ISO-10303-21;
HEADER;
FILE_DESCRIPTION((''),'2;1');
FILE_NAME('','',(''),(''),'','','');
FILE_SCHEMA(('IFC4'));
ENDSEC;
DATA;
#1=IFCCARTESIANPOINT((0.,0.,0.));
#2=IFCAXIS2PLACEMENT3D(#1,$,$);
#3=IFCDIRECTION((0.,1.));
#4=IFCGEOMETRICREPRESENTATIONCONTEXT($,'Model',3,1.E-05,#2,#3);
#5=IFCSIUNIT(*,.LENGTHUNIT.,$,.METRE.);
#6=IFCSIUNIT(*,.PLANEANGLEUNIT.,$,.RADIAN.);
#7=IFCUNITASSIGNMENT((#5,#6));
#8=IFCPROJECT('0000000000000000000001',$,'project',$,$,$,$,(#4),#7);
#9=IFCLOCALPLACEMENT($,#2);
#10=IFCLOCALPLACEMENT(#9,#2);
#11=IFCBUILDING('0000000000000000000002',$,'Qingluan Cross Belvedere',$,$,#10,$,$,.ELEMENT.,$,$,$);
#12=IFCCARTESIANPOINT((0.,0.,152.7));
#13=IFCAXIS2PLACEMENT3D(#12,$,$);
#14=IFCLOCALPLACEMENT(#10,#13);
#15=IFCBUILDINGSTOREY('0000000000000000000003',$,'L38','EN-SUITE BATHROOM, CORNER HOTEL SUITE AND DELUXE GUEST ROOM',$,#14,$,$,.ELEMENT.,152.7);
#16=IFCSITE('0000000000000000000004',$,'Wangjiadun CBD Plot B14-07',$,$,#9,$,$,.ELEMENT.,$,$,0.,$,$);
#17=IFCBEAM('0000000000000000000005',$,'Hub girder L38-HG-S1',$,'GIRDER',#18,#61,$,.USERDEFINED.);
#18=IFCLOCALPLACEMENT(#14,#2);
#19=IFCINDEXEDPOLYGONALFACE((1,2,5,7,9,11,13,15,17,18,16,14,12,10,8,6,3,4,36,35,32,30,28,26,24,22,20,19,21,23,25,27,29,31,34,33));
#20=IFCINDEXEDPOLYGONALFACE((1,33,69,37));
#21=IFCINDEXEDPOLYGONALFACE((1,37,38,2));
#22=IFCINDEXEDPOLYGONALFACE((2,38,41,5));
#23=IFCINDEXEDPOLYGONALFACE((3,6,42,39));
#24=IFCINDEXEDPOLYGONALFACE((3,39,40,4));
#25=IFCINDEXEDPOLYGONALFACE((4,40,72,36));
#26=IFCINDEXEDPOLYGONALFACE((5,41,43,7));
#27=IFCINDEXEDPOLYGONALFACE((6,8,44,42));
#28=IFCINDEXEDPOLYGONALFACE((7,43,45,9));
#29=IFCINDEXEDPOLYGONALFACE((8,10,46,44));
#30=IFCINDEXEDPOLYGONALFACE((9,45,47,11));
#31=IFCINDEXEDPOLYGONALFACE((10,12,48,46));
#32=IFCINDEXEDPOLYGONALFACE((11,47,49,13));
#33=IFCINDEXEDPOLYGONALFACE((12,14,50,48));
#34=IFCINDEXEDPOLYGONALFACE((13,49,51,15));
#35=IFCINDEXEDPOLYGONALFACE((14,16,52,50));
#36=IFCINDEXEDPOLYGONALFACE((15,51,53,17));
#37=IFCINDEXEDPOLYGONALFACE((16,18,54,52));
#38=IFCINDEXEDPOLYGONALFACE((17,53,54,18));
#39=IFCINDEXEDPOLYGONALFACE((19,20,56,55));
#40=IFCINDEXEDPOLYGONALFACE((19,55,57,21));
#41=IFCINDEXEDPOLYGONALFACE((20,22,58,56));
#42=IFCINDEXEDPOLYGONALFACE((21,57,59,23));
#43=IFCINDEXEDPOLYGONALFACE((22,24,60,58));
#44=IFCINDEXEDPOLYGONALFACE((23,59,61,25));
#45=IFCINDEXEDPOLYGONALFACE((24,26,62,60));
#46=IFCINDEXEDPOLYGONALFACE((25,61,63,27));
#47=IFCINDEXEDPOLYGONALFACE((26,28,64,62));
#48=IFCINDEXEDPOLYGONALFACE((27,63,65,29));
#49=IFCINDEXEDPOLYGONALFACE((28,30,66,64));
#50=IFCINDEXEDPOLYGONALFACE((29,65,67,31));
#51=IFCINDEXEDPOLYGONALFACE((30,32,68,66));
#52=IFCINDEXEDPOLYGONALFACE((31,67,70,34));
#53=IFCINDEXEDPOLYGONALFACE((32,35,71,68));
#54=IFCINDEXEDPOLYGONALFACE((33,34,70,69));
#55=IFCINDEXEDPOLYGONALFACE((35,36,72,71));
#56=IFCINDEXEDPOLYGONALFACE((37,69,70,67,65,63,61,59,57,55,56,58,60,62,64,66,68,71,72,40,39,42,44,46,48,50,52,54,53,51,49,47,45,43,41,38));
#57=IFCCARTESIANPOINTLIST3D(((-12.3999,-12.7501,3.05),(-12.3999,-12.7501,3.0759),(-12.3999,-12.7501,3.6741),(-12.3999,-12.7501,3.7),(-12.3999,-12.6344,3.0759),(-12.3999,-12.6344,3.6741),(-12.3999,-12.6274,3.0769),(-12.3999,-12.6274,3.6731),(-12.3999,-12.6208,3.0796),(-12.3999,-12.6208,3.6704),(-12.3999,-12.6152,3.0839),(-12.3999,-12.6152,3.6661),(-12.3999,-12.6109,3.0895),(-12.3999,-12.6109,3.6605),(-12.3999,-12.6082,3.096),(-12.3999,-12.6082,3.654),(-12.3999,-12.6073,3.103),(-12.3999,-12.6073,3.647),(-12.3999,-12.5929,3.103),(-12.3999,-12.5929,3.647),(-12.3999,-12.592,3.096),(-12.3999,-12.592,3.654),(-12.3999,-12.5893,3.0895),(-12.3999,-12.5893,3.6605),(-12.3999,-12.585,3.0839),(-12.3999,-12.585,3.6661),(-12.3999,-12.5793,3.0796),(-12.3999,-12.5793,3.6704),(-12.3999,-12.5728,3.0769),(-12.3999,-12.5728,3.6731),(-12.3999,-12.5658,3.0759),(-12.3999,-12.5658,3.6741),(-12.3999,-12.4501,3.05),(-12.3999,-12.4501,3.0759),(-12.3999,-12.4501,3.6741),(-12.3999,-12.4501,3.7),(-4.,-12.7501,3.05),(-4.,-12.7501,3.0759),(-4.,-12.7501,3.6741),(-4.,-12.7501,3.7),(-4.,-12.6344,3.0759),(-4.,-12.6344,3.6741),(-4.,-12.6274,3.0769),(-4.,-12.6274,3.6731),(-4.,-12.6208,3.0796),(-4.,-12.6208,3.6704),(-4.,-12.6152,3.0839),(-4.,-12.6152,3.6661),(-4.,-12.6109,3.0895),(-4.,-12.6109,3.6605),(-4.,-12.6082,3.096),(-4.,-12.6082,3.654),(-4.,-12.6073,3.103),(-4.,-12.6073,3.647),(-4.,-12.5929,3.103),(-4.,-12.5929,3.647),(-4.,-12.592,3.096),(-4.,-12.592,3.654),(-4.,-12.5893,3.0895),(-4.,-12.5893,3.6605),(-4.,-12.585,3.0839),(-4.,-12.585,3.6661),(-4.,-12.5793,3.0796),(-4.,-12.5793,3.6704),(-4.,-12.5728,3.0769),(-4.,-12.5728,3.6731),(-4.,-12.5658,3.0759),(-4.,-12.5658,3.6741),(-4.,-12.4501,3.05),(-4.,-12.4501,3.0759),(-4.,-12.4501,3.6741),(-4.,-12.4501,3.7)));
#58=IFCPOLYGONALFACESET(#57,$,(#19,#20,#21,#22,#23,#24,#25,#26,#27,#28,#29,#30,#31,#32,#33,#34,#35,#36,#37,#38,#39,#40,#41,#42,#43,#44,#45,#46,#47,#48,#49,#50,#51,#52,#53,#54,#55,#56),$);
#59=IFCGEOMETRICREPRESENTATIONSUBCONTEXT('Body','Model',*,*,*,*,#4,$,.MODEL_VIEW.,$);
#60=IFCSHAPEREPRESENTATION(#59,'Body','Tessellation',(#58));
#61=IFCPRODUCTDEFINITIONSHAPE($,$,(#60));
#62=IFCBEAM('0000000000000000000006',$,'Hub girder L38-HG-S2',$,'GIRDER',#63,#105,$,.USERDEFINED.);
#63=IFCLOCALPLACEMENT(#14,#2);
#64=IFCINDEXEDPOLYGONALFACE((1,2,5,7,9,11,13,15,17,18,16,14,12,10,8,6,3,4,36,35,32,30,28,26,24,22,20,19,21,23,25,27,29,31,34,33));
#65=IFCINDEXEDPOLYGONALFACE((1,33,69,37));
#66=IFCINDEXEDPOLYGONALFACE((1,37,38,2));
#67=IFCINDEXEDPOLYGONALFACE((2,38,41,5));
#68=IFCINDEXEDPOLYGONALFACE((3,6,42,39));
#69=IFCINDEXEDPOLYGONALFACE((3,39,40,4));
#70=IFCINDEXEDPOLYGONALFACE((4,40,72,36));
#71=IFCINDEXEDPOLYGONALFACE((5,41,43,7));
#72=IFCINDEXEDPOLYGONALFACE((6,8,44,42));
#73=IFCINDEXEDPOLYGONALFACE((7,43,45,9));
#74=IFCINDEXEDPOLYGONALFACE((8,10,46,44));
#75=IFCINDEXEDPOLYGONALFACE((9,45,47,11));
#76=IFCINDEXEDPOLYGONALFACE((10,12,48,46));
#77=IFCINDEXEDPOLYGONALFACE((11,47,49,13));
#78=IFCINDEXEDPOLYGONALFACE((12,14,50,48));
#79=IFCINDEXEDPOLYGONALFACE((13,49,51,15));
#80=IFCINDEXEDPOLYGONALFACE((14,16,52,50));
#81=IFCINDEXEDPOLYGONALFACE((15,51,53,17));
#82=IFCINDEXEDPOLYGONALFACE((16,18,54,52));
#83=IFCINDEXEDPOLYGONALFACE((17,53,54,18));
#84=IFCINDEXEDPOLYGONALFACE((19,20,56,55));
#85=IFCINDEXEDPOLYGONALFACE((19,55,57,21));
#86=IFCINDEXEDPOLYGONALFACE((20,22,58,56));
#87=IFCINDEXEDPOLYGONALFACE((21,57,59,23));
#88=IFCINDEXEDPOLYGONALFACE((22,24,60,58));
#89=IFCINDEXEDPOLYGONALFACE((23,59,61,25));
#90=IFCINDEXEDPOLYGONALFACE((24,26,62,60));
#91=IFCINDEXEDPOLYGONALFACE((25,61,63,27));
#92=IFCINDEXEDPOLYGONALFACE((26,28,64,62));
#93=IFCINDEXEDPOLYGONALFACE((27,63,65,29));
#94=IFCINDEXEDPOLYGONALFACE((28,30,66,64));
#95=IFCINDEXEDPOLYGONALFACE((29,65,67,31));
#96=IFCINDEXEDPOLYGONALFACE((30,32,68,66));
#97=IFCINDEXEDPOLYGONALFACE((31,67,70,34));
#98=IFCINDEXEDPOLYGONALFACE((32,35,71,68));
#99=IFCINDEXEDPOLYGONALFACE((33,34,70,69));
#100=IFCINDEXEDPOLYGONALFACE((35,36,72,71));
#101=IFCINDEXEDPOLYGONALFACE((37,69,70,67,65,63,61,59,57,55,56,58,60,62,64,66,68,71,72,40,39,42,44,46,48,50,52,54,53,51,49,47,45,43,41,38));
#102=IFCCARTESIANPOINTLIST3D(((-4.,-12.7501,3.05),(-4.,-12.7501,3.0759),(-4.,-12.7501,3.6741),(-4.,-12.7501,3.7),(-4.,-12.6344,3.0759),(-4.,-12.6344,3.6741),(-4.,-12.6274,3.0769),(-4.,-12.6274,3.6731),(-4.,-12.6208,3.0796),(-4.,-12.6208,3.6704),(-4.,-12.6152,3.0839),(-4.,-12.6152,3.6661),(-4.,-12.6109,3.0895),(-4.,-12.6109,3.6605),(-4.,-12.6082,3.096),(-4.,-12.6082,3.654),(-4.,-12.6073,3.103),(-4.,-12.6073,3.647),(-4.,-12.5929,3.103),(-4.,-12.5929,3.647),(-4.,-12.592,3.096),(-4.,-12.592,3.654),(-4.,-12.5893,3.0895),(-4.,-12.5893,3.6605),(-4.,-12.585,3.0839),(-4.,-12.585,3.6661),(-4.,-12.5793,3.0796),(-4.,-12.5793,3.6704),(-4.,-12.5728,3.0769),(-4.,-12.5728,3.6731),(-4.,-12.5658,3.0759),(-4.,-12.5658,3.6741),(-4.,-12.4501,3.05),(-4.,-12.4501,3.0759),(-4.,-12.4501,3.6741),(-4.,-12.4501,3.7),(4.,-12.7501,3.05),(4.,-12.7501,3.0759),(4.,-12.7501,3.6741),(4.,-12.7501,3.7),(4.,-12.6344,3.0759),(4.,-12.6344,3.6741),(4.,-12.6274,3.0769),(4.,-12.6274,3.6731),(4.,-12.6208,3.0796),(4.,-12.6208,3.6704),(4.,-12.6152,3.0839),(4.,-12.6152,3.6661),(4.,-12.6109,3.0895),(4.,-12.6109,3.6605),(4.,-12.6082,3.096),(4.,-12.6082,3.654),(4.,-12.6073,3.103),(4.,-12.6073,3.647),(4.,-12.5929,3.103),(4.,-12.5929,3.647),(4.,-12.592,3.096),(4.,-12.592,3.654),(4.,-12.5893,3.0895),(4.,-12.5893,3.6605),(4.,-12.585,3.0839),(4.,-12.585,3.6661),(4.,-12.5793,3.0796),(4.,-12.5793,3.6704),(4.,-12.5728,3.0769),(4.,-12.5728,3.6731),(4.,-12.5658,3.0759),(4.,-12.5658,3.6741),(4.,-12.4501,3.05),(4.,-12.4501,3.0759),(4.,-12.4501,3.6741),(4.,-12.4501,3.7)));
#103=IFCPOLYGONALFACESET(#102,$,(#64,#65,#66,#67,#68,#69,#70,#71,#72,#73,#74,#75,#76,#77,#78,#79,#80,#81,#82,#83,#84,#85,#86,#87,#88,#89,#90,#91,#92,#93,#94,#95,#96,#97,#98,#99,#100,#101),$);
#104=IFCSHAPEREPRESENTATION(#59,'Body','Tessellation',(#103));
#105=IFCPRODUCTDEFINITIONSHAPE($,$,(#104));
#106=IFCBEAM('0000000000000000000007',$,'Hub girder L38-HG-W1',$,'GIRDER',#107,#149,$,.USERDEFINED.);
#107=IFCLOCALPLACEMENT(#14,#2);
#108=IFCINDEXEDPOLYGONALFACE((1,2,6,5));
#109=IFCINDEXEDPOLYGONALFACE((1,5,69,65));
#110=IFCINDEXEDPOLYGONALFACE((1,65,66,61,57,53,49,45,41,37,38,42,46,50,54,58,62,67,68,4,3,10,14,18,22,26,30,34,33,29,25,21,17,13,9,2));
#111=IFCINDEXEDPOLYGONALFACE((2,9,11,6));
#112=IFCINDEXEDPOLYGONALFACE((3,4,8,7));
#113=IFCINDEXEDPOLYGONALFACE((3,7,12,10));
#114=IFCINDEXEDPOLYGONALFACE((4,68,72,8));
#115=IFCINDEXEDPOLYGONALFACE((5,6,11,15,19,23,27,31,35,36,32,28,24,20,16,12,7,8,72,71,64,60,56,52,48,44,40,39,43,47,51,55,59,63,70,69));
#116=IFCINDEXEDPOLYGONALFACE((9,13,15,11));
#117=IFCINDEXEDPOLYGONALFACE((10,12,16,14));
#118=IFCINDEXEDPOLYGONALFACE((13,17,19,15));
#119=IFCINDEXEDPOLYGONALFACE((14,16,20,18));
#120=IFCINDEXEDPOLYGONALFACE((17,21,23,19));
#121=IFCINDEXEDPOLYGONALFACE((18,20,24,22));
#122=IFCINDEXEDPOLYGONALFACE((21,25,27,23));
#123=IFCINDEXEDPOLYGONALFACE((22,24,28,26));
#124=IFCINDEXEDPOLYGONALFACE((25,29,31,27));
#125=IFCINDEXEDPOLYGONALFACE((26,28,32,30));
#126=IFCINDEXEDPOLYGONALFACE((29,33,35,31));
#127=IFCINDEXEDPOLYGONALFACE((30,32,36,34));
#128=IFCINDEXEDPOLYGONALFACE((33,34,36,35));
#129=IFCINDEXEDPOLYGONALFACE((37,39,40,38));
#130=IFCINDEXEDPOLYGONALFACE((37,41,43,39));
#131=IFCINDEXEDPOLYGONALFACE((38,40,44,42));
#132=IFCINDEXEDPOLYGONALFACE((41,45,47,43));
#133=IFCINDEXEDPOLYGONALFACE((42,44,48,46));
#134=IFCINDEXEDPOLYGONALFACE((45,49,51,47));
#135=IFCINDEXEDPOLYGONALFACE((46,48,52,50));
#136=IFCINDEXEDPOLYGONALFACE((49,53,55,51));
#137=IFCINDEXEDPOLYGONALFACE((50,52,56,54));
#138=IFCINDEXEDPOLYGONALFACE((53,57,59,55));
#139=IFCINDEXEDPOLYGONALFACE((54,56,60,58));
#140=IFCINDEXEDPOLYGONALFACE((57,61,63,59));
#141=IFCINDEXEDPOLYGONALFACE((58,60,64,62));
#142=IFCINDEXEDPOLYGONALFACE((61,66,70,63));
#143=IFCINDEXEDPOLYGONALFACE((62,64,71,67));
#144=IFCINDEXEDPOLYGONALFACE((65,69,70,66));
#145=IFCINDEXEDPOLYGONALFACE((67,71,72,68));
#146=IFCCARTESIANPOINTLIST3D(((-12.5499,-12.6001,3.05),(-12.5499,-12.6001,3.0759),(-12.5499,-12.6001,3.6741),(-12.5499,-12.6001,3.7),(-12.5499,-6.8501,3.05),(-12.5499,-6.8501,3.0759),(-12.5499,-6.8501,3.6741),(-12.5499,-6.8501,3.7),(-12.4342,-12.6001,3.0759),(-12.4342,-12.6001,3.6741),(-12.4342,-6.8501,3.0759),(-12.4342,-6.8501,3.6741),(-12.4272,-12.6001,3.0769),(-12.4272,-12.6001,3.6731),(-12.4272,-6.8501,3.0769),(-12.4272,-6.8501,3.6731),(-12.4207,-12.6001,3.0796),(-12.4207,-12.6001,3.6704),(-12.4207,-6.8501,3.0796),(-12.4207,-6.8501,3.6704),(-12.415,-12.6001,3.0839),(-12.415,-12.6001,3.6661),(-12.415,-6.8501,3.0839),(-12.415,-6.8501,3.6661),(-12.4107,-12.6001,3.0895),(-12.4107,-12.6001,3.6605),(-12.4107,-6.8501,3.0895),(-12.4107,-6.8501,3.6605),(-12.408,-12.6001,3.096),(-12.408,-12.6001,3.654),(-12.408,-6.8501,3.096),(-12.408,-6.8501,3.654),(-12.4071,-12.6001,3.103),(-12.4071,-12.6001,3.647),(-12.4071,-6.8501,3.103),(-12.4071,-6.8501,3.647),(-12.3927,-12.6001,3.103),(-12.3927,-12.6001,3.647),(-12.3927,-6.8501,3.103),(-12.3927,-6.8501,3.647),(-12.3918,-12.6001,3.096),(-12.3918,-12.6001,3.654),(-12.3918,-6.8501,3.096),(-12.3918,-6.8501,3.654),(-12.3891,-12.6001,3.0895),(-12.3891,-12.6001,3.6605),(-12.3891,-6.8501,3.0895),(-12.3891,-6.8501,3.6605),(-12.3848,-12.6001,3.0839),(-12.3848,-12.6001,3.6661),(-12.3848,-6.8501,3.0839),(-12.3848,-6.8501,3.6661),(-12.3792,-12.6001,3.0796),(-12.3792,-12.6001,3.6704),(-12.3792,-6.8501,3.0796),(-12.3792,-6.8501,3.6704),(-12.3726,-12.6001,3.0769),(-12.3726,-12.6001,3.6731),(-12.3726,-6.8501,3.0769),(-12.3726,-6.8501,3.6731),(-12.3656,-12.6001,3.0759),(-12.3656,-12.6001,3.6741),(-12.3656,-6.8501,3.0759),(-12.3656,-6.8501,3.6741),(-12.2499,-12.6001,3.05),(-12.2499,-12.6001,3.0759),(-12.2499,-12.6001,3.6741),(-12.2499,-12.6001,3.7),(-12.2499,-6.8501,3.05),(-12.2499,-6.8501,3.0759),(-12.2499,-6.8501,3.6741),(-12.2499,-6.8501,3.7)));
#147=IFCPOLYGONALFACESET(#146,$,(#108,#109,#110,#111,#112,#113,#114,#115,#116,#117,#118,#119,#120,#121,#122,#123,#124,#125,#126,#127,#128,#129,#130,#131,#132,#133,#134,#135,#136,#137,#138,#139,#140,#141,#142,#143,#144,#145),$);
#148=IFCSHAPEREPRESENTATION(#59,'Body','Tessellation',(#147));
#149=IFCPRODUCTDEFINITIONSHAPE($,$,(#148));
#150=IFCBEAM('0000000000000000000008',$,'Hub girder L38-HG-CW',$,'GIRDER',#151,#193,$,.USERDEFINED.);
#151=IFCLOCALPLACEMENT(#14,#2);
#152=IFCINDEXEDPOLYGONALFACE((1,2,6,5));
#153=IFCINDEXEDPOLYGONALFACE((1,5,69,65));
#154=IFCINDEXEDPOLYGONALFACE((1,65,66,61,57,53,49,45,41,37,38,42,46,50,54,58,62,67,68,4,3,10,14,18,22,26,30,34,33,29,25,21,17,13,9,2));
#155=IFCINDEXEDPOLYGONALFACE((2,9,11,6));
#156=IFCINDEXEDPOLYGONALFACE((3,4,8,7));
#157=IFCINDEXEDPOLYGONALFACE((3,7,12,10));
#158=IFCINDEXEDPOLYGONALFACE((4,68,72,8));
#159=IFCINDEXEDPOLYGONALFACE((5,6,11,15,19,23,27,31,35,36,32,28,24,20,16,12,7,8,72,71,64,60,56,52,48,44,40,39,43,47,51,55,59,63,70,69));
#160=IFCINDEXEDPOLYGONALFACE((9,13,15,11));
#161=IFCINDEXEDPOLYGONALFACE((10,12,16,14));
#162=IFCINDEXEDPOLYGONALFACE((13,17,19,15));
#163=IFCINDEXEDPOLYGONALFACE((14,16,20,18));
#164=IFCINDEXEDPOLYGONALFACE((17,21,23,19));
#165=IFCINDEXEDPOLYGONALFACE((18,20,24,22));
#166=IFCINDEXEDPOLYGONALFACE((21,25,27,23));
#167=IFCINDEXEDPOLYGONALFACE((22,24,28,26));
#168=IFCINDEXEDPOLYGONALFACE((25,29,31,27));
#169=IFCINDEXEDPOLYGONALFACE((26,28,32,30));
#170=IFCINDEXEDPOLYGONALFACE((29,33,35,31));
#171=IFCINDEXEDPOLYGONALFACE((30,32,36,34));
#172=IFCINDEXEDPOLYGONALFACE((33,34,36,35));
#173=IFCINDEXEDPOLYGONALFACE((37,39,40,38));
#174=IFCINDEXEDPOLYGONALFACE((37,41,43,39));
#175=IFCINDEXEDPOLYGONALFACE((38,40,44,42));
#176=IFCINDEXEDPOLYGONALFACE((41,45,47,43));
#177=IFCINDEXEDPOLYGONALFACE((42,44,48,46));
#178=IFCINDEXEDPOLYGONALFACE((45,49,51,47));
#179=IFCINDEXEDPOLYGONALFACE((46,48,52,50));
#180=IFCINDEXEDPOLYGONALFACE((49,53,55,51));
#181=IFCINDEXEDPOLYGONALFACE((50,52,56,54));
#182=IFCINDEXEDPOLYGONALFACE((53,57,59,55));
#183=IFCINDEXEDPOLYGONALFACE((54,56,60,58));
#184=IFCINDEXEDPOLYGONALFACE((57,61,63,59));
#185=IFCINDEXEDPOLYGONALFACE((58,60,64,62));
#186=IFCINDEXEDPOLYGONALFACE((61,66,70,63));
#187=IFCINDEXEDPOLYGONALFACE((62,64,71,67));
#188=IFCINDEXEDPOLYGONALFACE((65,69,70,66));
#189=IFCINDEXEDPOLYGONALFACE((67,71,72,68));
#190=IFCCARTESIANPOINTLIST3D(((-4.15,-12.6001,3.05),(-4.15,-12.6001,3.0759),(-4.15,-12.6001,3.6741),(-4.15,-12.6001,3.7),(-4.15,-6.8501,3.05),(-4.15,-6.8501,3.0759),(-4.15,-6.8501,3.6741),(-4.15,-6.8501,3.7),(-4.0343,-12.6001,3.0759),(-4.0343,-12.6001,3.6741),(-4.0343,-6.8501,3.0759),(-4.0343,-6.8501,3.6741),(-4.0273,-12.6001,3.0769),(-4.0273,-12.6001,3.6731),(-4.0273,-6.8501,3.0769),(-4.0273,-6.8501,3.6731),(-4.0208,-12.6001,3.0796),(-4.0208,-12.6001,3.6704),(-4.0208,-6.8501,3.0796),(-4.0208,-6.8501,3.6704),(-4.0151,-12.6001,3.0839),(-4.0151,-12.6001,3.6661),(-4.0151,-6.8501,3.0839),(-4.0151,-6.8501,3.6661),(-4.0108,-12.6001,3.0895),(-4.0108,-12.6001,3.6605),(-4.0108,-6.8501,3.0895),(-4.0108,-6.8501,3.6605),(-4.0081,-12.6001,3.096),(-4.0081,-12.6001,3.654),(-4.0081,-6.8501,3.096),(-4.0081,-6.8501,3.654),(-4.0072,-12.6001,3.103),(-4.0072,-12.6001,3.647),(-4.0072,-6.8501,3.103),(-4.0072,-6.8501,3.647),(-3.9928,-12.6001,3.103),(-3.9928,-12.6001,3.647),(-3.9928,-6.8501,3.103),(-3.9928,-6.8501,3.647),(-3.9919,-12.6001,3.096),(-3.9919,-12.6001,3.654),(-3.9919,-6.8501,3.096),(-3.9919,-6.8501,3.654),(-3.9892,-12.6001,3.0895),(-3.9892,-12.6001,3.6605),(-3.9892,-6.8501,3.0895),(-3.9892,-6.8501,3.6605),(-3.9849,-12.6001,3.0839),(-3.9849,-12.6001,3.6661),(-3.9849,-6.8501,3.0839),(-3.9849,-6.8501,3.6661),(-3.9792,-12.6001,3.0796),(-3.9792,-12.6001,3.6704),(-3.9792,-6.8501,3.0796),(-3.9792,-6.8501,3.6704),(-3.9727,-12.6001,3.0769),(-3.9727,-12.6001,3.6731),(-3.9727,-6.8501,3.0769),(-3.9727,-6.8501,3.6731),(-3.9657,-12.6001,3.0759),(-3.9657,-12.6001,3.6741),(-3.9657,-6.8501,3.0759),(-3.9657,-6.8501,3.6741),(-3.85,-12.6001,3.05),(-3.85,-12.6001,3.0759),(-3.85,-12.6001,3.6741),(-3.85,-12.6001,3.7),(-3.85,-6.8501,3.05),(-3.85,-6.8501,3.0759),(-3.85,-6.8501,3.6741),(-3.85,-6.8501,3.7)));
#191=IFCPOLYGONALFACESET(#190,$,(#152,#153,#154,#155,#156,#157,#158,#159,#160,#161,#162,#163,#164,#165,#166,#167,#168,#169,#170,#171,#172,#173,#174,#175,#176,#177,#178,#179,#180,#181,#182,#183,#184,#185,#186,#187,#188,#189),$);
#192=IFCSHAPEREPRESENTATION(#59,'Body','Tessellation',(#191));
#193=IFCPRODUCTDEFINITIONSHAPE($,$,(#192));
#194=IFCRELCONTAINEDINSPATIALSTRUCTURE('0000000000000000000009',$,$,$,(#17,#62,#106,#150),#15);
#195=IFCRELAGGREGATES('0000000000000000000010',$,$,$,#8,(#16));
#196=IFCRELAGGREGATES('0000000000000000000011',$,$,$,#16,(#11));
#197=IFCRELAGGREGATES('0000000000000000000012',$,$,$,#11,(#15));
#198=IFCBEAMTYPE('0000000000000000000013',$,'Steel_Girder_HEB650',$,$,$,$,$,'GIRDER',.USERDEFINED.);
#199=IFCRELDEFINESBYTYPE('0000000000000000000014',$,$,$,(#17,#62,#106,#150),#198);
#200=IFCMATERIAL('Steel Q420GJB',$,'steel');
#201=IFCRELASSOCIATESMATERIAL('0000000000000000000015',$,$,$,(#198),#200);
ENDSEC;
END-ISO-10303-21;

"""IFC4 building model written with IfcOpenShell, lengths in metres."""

from ifc_helpers import new_model, si_unit, direction, frame, origin, origin_2d, place, context, subcontext, project, spatial, i_section, extrude, material, material_profile, profile_set, type_object, element, save


model = new_model("IFC4")

# Units and contexts
model_context = context("Model", 3, precision=1e-05, world=origin(), true_north=direction((0.0, 1.0)))
body_context = subcontext(model_context, "Body", "Model", "MODEL_VIEW")
ifc_project = project(units=[si_unit("LENGTHUNIT", "METRE"), si_unit("PLANEANGLEUNIT", "RADIAN")], contexts=[model_context])

# Site, building, storey
site_placement = place(None, origin())
site = spatial("IfcSite", under=ifc_project, at=site_placement, Name="Wangjiadun CBD Plot B14-07", CompositionType="ELEMENT", RefElevation=0.0)
building_placement = place(site_placement, origin())
building = spatial("IfcBuilding", under=site, at=building_placement, Name="Qingluan Cross Belvedere", CompositionType="ELEMENT")
storey_placement = place(building_placement, frame((0.0, 0.0, 152.7)))
storey = spatial("IfcBuildingStorey", under=building, at=storey_placement, Name="L38", Description="EN-SUITE BATHROOM, CORNER HOTEL SUITE AND DELUXE GUEST ROOM", CompositionType="ELEMENT", Elevation=152.7)

# Beams
ifc_material_1 = material(Name="Steel Q420GJB", Category="steel")
ifc_material_profile_1 = material_profile(ifc_material_1, i_section(OverallWidth=0.3, OverallDepth=0.6499, WebThickness=0.0144, FlangeThickness=0.0259, FilletRadius=0.0271, at=origin_2d()), Name="HEB650")
ifc_profile_set_1 = profile_set([ifc_material_profile_1], Name="Steel Q420GJB")
beam_type_1 = type_object("IfcBeamType", Name="Steel_Girder_HEB650", ElementType="GIRDER", PredefinedType="USERDEFINED", material=ifc_profile_set_1)
beam_1_placement = place(storey_placement, frame((-12.3999, -12.6001, 3.375), z_axis=(1.0, 0.0, 0.0), x_axis=(0.0, 1.0, 0.0)))
element("IfcBeam", 1, at=beam_1_placement, inside=storey, type_object=beam_type_1, Name="Hub girder L38-HG-S1", ObjectType="GIRDER", PredefinedType="USERDEFINED", context=body_context, shape_type="SweptSolid", body=[
    extrude(i_section(OverallWidth=0.3, OverallDepth=0.6499, WebThickness=0.0144, FlangeThickness=0.0259, FilletRadius=0.0271, at=origin_2d()), origin(), (0.0, 0.0, 1.0), 8.3999),
])
beam_2_placement = place(storey_placement, frame((-4.0, -12.6001, 3.375), z_axis=(1.0, 0.0, 0.0), x_axis=(0.0, 1.0, 0.0)))
element("IfcBeam", 2, at=beam_2_placement, inside=storey, type_object=beam_type_1, Name="Hub girder L38-HG-S2", ObjectType="GIRDER", PredefinedType="USERDEFINED", context=body_context, shape_type="SweptSolid", body=[
    extrude(i_section(OverallWidth=0.3, OverallDepth=0.6499, WebThickness=0.0144, FlangeThickness=0.0259, FilletRadius=0.0271, at=origin_2d()), origin(), (0.0, 0.0, 1.0), 8.0),
])
for number, where, z_axis, x_axis, name in (
    (3, (-12.3999, -12.6001, 3.375), (0.0, 1.0, 0.0), (-1.0, 0.0, 0.0), "Hub girder L38-HG-W1"),
    (4, (-4.0, -12.6001, 3.375), (0.0, 1.0, 0.0), (-1.0, 0.0, 0.0), "Hub girder L38-HG-CW"),
):
    element("IfcBeam", number, at=place(storey_placement, frame(where, z_axis=z_axis, x_axis=x_axis)), inside=storey, type_object=beam_type_1, Name=name, ObjectType="GIRDER", PredefinedType="USERDEFINED", context=body_context, shape_type="SweptSolid", body=[
        extrude(i_section(OverallWidth=0.3, OverallDepth=0.6499, WebThickness=0.0144, FlangeThickness=0.0259, FilletRadius=0.0271, at=origin_2d()), origin(), (0.0, 0.0, 1.0), 5.75),
    ])

save(model, "model.ifc")
